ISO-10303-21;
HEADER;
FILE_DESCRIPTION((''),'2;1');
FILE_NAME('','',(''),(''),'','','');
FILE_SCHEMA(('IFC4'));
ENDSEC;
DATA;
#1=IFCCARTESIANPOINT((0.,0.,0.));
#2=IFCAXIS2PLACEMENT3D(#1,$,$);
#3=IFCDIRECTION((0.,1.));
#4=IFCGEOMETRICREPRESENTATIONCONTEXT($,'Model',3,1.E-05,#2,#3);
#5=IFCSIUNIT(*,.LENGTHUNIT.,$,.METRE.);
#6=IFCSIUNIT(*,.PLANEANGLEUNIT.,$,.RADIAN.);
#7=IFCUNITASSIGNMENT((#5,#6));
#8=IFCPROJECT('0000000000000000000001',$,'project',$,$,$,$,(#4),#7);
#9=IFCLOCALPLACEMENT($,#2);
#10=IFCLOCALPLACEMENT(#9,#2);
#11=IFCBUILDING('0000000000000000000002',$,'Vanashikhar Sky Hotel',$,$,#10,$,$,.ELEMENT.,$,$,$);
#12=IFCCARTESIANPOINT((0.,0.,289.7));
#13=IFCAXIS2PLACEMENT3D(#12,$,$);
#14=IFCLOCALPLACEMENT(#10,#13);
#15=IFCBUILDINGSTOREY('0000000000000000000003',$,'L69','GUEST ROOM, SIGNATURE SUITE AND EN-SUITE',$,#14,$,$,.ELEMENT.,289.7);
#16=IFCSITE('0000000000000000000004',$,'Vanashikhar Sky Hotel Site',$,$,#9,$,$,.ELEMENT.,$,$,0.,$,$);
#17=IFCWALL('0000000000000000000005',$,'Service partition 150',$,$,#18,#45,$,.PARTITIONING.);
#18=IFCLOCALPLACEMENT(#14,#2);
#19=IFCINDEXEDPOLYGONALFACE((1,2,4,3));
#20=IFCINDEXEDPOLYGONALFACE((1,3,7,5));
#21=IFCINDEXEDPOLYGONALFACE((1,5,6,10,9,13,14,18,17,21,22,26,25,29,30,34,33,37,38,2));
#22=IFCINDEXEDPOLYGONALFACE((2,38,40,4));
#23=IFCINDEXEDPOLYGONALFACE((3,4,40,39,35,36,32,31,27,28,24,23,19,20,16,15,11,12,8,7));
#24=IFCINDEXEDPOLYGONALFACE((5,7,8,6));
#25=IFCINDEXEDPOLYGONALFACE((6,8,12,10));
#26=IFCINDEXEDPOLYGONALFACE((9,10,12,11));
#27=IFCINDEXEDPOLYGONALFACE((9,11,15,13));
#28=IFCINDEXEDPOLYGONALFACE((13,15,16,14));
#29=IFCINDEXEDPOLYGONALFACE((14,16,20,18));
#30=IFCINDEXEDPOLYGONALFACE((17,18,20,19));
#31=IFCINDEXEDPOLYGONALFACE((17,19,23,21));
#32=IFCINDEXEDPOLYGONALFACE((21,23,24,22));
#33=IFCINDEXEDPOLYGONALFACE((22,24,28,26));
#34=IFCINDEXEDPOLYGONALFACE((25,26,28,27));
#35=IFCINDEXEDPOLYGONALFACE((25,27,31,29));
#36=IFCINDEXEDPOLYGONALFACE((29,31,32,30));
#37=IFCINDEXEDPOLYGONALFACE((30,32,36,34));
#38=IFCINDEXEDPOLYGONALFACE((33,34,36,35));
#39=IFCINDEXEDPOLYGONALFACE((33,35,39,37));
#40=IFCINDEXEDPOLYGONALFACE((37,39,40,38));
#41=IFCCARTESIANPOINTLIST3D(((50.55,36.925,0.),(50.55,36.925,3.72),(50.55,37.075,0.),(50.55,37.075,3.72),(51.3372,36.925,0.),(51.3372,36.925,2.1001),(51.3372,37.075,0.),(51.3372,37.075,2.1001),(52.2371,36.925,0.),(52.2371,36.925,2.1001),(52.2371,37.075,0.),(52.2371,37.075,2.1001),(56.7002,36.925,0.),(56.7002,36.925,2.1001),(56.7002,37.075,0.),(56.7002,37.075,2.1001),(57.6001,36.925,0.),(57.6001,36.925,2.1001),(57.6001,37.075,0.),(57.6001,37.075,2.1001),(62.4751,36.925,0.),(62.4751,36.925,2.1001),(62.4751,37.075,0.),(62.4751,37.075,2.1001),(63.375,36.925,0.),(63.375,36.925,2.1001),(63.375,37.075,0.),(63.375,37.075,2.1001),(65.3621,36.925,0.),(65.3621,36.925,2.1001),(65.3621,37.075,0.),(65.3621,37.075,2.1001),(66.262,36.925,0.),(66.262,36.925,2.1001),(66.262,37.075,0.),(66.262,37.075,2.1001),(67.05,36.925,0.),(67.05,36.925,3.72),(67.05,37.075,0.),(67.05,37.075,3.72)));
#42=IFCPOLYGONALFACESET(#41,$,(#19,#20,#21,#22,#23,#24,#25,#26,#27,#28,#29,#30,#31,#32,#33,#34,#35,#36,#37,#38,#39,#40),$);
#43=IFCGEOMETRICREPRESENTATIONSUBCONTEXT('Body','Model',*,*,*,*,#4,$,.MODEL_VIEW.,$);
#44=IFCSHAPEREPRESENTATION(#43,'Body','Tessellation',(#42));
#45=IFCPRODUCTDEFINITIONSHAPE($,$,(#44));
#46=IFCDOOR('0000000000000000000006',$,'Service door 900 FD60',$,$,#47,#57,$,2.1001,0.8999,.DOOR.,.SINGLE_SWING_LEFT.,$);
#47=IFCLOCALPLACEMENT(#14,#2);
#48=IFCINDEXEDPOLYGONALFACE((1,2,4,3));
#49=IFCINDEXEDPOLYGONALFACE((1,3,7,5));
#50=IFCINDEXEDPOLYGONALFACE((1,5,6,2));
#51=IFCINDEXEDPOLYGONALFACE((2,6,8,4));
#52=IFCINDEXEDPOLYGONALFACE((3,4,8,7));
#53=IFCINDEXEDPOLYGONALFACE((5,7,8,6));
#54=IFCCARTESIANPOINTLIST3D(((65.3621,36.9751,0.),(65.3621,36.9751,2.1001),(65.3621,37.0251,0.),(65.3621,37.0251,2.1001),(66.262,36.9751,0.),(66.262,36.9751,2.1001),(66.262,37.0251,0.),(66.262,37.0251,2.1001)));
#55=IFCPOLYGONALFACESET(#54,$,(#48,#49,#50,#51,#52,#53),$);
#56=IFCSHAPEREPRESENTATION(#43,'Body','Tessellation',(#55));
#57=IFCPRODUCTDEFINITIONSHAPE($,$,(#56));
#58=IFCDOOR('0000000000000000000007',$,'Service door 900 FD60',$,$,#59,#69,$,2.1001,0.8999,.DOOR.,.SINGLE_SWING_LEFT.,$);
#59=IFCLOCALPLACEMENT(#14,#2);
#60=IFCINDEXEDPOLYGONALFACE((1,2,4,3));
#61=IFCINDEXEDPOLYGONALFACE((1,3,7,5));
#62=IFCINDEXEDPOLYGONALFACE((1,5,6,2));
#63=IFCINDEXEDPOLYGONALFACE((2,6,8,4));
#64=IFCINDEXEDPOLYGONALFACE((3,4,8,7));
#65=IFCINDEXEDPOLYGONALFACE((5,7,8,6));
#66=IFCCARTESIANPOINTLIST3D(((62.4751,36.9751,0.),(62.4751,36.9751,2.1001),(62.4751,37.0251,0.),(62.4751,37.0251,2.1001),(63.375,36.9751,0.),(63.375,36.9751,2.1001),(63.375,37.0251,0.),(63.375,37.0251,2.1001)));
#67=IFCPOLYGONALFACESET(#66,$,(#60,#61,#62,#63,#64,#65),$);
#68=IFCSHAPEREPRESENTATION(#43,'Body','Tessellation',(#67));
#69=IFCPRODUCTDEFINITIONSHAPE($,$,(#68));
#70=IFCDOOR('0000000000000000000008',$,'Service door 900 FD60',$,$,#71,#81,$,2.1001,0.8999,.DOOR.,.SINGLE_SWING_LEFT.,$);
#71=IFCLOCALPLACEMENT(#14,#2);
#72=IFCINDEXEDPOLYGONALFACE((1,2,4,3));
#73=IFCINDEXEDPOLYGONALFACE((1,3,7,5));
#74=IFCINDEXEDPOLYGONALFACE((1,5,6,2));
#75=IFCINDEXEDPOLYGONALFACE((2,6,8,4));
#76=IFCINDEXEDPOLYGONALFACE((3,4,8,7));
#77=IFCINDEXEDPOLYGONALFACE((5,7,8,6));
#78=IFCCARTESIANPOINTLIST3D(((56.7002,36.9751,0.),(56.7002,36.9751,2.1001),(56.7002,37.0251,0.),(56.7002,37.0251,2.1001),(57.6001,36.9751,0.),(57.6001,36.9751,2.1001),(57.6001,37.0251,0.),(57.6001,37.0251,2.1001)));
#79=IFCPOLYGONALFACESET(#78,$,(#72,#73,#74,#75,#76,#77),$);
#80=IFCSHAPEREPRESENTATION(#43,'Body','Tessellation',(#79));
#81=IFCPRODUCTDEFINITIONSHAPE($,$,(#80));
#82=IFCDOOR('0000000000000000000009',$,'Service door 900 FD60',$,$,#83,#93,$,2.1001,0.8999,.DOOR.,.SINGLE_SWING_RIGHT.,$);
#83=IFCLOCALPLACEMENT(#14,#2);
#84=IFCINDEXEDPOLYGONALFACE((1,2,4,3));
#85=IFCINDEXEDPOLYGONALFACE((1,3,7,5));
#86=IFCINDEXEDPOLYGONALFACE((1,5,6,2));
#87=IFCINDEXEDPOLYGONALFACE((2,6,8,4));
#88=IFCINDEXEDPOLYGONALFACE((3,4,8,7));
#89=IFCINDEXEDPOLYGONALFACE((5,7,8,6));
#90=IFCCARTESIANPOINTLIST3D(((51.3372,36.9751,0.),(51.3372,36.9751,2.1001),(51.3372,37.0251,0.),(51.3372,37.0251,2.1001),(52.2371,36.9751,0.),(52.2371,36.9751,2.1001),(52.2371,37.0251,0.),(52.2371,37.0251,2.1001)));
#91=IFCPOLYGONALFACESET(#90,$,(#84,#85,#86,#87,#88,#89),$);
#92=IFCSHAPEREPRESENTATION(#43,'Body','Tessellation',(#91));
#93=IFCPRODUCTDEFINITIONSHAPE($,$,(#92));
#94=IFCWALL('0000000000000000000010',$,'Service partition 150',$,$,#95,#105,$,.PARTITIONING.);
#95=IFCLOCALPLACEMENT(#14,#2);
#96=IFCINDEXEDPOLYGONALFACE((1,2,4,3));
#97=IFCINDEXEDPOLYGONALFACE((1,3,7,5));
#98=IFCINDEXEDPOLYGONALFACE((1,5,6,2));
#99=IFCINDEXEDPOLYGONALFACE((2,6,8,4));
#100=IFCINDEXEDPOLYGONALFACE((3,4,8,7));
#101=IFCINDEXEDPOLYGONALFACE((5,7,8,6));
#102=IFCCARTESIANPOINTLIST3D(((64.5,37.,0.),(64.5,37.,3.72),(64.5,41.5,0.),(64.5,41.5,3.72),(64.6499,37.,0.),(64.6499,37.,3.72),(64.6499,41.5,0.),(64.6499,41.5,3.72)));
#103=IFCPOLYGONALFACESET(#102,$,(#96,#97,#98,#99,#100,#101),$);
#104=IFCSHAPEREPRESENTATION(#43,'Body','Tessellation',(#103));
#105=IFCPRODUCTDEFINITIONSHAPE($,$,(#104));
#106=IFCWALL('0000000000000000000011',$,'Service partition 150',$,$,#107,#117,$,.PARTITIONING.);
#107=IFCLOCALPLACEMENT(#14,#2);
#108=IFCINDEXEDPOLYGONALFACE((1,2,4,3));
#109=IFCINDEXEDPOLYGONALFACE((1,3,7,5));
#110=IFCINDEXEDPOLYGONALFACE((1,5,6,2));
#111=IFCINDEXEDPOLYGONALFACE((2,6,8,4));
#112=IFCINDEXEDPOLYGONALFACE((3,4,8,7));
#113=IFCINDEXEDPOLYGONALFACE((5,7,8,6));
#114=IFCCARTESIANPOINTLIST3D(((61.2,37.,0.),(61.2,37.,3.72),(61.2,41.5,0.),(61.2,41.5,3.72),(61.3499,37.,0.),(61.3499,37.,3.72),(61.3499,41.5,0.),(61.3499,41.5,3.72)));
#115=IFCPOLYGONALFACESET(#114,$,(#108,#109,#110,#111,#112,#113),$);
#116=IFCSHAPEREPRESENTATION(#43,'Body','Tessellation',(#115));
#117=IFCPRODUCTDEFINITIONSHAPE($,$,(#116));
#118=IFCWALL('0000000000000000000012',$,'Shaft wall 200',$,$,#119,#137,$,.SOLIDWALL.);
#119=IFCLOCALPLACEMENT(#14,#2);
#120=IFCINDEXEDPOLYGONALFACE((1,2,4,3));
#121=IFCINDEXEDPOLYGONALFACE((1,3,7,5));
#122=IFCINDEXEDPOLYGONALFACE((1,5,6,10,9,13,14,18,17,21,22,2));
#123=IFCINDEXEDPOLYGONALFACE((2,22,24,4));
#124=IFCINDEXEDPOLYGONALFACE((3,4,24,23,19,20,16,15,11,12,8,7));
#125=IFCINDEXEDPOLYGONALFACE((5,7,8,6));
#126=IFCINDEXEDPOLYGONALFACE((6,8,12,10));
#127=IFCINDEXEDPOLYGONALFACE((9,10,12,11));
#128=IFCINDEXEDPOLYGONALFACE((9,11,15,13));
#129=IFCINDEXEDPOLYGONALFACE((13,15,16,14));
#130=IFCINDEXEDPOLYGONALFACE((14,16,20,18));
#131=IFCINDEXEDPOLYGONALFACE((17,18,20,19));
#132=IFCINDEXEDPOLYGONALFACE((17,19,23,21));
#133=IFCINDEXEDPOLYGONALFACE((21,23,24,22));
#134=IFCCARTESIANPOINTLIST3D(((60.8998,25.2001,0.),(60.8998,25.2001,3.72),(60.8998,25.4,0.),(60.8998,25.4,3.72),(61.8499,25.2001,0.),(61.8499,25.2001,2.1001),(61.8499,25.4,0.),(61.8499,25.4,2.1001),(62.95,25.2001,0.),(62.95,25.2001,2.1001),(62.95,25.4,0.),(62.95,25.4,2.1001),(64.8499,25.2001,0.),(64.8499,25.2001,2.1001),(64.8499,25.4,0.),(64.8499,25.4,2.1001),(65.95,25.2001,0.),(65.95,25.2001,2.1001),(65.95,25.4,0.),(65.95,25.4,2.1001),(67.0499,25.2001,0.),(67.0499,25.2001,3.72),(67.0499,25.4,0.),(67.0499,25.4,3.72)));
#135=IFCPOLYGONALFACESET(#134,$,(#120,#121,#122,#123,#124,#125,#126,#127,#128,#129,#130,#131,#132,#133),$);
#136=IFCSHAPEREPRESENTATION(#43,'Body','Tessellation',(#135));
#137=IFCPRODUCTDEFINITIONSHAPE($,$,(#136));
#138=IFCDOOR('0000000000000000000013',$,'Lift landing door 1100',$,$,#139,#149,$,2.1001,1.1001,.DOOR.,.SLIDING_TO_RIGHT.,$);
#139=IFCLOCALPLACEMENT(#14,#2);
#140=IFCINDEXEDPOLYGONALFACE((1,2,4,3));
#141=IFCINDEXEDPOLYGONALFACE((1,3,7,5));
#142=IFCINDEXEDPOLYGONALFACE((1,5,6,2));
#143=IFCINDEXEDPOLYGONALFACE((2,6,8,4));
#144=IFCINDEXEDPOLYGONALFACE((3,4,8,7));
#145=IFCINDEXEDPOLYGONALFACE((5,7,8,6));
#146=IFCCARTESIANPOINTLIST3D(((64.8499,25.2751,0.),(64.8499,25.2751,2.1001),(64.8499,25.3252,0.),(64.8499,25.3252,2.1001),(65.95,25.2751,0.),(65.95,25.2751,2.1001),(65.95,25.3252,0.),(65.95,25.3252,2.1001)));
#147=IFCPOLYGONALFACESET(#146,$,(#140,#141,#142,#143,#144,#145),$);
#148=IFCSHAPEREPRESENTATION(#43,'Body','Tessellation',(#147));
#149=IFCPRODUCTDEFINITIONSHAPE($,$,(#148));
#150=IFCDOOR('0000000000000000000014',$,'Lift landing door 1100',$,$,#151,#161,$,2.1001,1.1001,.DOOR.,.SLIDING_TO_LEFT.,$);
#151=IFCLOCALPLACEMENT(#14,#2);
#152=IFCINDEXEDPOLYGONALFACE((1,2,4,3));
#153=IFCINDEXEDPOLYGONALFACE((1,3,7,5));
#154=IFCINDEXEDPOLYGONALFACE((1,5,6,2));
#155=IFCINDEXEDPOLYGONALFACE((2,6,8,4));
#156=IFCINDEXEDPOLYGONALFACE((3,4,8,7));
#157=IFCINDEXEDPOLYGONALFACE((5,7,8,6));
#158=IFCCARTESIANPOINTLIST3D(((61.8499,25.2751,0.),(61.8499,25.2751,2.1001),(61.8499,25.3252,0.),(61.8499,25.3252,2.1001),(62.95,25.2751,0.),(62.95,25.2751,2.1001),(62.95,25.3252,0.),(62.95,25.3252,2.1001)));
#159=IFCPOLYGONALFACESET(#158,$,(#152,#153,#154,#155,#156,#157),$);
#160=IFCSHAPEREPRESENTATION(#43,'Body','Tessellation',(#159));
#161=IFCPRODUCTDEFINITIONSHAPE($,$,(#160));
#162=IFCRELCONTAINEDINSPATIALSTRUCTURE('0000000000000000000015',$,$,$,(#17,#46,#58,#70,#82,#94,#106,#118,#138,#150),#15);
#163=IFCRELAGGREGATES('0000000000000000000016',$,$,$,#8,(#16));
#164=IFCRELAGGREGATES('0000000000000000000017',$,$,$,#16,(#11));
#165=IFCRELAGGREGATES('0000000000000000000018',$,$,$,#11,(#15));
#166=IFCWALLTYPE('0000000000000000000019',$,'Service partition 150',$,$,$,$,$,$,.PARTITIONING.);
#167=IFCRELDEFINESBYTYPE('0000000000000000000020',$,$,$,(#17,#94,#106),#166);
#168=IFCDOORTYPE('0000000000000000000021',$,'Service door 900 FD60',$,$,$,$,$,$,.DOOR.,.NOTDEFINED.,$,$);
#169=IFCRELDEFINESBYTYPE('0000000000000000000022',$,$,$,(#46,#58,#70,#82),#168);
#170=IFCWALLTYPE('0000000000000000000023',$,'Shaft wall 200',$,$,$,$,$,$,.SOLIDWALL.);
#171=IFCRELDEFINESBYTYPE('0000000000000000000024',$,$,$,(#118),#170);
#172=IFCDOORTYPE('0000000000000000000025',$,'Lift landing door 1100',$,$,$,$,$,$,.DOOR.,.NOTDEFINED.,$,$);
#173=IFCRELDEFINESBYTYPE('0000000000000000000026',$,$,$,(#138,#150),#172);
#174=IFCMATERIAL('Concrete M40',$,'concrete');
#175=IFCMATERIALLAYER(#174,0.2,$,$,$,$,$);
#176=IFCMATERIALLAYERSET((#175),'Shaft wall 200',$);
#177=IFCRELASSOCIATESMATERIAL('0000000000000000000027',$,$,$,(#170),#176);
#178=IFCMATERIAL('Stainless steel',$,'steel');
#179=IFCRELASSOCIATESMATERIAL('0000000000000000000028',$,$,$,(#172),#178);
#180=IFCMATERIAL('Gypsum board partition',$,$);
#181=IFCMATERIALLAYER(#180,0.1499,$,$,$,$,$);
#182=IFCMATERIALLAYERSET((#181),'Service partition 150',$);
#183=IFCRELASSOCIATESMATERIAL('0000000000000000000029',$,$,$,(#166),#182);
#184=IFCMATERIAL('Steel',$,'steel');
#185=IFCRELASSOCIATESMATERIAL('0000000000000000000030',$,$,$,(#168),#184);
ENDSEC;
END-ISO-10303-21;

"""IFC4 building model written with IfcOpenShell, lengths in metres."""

from ifc_helpers import new_model, si_unit, direction, frame, frame_2d, origin, place, context, subcontext, project, spatial, rectangle, extrude, source, transform, mapped, material, layer, layer_set, type_object, element, fill, save


model = new_model("IFC4")

# Units and contexts
model_context = context("Model", 3, precision=1e-05, world=origin(), true_north=direction((0.0, 1.0)))
body_context = subcontext(model_context, "Body", "Model", "MODEL_VIEW")
ifc_project = project(units=[si_unit("LENGTHUNIT", "METRE"), si_unit("PLANEANGLEUNIT", "RADIAN")], contexts=[model_context])

# Site, building, storey
site_placement = place(None, origin())
site = spatial("IfcSite", under=ifc_project, at=site_placement, Name="Vanashikhar Sky Hotel Site", CompositionType="ELEMENT", RefElevation=0.0)
building_placement = place(site_placement, origin())
building = spatial("IfcBuilding", under=site, at=building_placement, Name="Vanashikhar Sky Hotel", CompositionType="ELEMENT")
storey_placement = place(building_placement, frame((0.0, 0.0, 289.7)))
storey = spatial("IfcBuildingStorey", under=building, at=storey_placement, Name="L69", Description="GUEST ROOM, SIGNATURE SUITE AND EN-SUITE", CompositionType="ELEMENT", Elevation=289.7)

# Shared definitions
ifc_material_1 = material(Name="Concrete M40", Category="concrete")
ifc_layer_1 = layer(ifc_material_1, 0.2)
ifc_layer_set_1 = layer_set([ifc_layer_1], Name="Shaft wall 200")
wall_type_1 = type_object("IfcWallType", Name="Shaft wall 200", PredefinedType="SOLIDWALL", material=ifc_layer_set_1)
shared_shape_1 = source(origin(), body_context, "Body", "SweptSolid", [
    extrude(rectangle(XDim=1.1001, YDim=2.1001, at=frame_2d((0.55, 1.05))), frame((0.0, 0.1099, 0.0), z_axis=(0.0, -1.0, 0.0), x_axis=(1.0, 0.0, 0.0)), (0.0, 0.0, 1.0), 0.22),
])
ifc_material_2 = material(Name="Stainless steel", Category="steel")
door_type_1 = type_object("IfcDoorType", Name="Lift landing door 1100", OperationType="NOTDEFINED", PredefinedType="DOOR", material=ifc_material_2)
shared_shape_2 = source(origin(), body_context, "Body", "SweptSolid", [
    extrude(rectangle(XDim=1.1001, YDim=2.1001, at=frame_2d((0.55, 1.05))), frame((0.0, 0.0249, 0.0), z_axis=(0.0, -1.0, 0.0), x_axis=(1.0, 0.0, 0.0)), (0.0, 0.0, 1.0), 0.05),
])

# Shared definitions
ifc_material_3 = material(Name="Gypsum board partition")
ifc_layer_2 = layer(ifc_material_3, 0.1499)
ifc_layer_set_2 = layer_set([ifc_layer_2], Name="Service partition 150")
wall_type_2 = type_object("IfcWallType", Name="Service partition 150", PredefinedType="PARTITIONING", material=ifc_layer_set_2)

# Wall, openings, doors
shared_shape_3 = source(origin(), body_context, "Body", "SweptSolid", [
    extrude(rectangle(XDim=0.8999, YDim=2.1001, at=frame_2d((0.45, 1.05))), frame((0.0, 0.085, 0.0), z_axis=(0.0, -1.0, 0.0), x_axis=(1.0, 0.0, 0.0)), (0.0, 0.0, 1.0), 0.1699),
])
ifc_material_4 = material(Name="Steel", Category="steel")
door_type_2 = type_object("IfcDoorType", Name="Service door 900 FD60", OperationType="NOTDEFINED", PredefinedType="DOOR", material=ifc_material_4)
shared_shape_4 = source(origin(), body_context, "Body", "SweptSolid", [
    extrude(rectangle(XDim=0.8999, YDim=2.1001, at=frame_2d((0.45, 1.05))), frame((0.0, 0.0249, 0.0), z_axis=(0.0, -1.0, 0.0), x_axis=(1.0, 0.0, 0.0)), (0.0, 0.0, 1.0), 0.05),
])
shared_shape_5 = source(origin(), body_context, "Body", "SweptSolid", [
    extrude(rectangle(XDim=16.5, YDim=0.1499, at=frame_2d((8.25, 0.0))), origin(), (0.0, 0.0, 1.0), 3.72),
])
wall_1_placement = place(storey_placement, frame((67.05, 37.0, 0.0), z_axis=(0.0, 0.0, 1.0), x_axis=(-1.0, 0.0, 0.0)))
wall_1 = element("IfcWall", 1, at=wall_1_placement, inside=storey, type_object=wall_type_2, Name="Service partition 150", PredefinedType="PARTITIONING", context=body_context, shape_type="MappedRepresentation", body=[
    mapped(shared_shape_5, transform((0.0, 0.0, 0.0), scale=1.0)),
])
opening_1_placement = place(wall_1_placement, frame((0.7881, 0.0, 0.0)))
opening_1 = element("IfcOpeningElement", 2, at=opening_1_placement, cuts=wall_1, PredefinedType="OPENING", context=body_context, shape_type="MappedRepresentation", body=[
    mapped(shared_shape_3, transform((0.0, 0.0, 0.0), scale=1.0)),
])
opening_2_placement = place(wall_1_placement, frame((3.675, 0.0, 0.0)))
opening_2 = element("IfcOpeningElement", 3, at=opening_2_placement, cuts=wall_1, PredefinedType="OPENING", context=body_context, shape_type="MappedRepresentation", body=[
    mapped(shared_shape_3, transform((0.0, 0.0, 0.0), scale=1.0)),
])
opening_3_placement = place(wall_1_placement, frame((9.45, 0.0, 0.0)))
opening_3 = element("IfcOpeningElement", 4, at=opening_3_placement, cuts=wall_1, PredefinedType="OPENING", context=body_context, shape_type="MappedRepresentation", body=[
    mapped(shared_shape_3, transform((0.0, 0.0, 0.0), scale=1.0)),
])
opening_4_placement = place(wall_1_placement, frame((14.813, 0.0, 0.0)))
opening_4 = element("IfcOpeningElement", 5, at=opening_4_placement, cuts=wall_1, PredefinedType="OPENING", context=body_context, shape_type="MappedRepresentation", body=[
    mapped(shared_shape_3, transform((0.0, 0.0, 0.0), scale=1.0)),
])
door_1_placement = place(opening_1_placement, origin())
door_1 = element("IfcDoor", 6, at=door_1_placement, inside=storey, type_object=door_type_2, Name="Service door 900 FD60", OperationType="SINGLE_SWING_LEFT", OverallHeight=2.1001, OverallWidth=0.8999, PredefinedType="DOOR", context=body_context, shape_type="MappedRepresentation", body=[
    mapped(shared_shape_4, transform((0.0, 0.0, 0.0), scale=1.0)),
])
fill(opening_1, door_1)
door_2_placement = place(opening_2_placement, origin())
door_2 = element("IfcDoor", 7, at=door_2_placement, inside=storey, type_object=door_type_2, Name="Service door 900 FD60", OperationType="SINGLE_SWING_LEFT", OverallHeight=2.1001, OverallWidth=0.8999, PredefinedType="DOOR", context=body_context, shape_type="MappedRepresentation", body=[
    mapped(shared_shape_4, transform((0.0, 0.0, 0.0), scale=1.0)),
])
fill(opening_2, door_2)
door_3_placement = place(opening_3_placement, origin())
door_3 = element("IfcDoor", 8, at=door_3_placement, inside=storey, type_object=door_type_2, Name="Service door 900 FD60", OperationType="SINGLE_SWING_LEFT", OverallHeight=2.1001, OverallWidth=0.8999, PredefinedType="DOOR", context=body_context, shape_type="MappedRepresentation", body=[
    mapped(shared_shape_4, transform((0.0, 0.0, 0.0), scale=1.0)),
])
fill(opening_3, door_3)
door_4_placement = place(opening_4_placement, origin())
door_4 = element("IfcDoor", 9, at=door_4_placement, inside=storey, type_object=door_type_2, Name="Service door 900 FD60", OperationType="SINGLE_SWING_RIGHT", OverallHeight=2.1001, OverallWidth=0.8999, PredefinedType="DOOR", context=body_context, shape_type="MappedRepresentation", body=[
    mapped(shared_shape_4, transform((0.0, 0.0, 0.0), scale=1.0)),
])
fill(opening_4, door_4)

# Walls
shared_shape_6 = source(origin(), body_context, "Body", "SweptSolid", [
    extrude(rectangle(XDim=4.5, YDim=0.1499, at=frame_2d((2.25, 0.0))), origin(), (0.0, 0.0, 1.0), 3.72),
])
for number, where, z_axis, x_axis, name in (
    (10, (64.575, 37.0, 0.0), (0.0, 0.0, 1.0), (0.0, 1.0, 0.0), "Service partition 150"),
    (11, (61.2749, 37.0, 0.0), (0.0, 0.0, 1.0), (0.0, 1.0, 0.0), "Service partition 150"),
):
    element("IfcWall", number, at=place(storey_placement, frame(where, z_axis=z_axis, x_axis=x_axis)), inside=storey, type_object=wall_type_2, Name=name, PredefinedType="PARTITIONING", context=body_context, shape_type="MappedRepresentation", body=[
        mapped(shared_shape_6, transform((0.0, 0.0, 0.0), scale=1.0)),
    ])

# Wall, openings, doors
shared_shape_7 = source(origin(), body_context, "Body", "SweptSolid", [
    extrude(rectangle(XDim=6.1501, YDim=0.2, at=frame_2d((3.0752, 0.0))), origin(), (0.0, 0.0, 1.0), 3.72),
])
wall_2_placement = place(storey_placement, frame((67.05, 25.3, 0.0), z_axis=(0.0, 0.0, 1.0), x_axis=(-1.0, 0.0, 0.0)))
wall_2 = element("IfcWall", 12, at=wall_2_placement, inside=storey, type_object=wall_type_1, Name="Shaft wall 200", PredefinedType="SOLIDWALL", context=body_context, shape_type="MappedRepresentation", body=[
    mapped(shared_shape_7, transform((0.0, 0.0, 0.0), scale=1.0)),
])
opening_5_placement = place(wall_2_placement, frame((1.1001, 0.0, 0.0)))
opening_5 = element("IfcOpeningElement", 13, at=opening_5_placement, cuts=wall_2, PredefinedType="OPENING", context=body_context, shape_type="MappedRepresentation", body=[
    mapped(shared_shape_1, transform((0.0, 0.0, 0.0), scale=1.0)),
])
opening_6_placement = place(wall_2_placement, frame((4.1001, 0.0, 0.0)))
opening_6 = element("IfcOpeningElement", 14, at=opening_6_placement, cuts=wall_2, PredefinedType="OPENING", context=body_context, shape_type="MappedRepresentation", body=[
    mapped(shared_shape_1, transform((0.0, 0.0, 0.0), scale=1.0)),
])
door_5_placement = place(opening_5_placement, origin())
door_5 = element("IfcDoor", 15, at=door_5_placement, inside=storey, type_object=door_type_1, Name="Lift landing door 1100", OperationType="SLIDING_TO_RIGHT", OverallHeight=2.1001, OverallWidth=1.1001, PredefinedType="DOOR", context=body_context, shape_type="MappedRepresentation", body=[
    mapped(shared_shape_2, transform((0.0, 0.0, 0.0), scale=1.0)),
])
fill(opening_5, door_5)
door_6_placement = place(opening_6_placement, origin())
door_6 = element("IfcDoor", 16, at=door_6_placement, inside=storey, type_object=door_type_1, Name="Lift landing door 1100", OperationType="SLIDING_TO_LEFT", OverallHeight=2.1001, OverallWidth=1.1001, PredefinedType="DOOR", context=body_context, shape_type="MappedRepresentation", body=[
    mapped(shared_shape_2, transform((0.0, 0.0, 0.0), scale=1.0)),
])
fill(opening_6, door_6)

save(model, "model.ifc")
